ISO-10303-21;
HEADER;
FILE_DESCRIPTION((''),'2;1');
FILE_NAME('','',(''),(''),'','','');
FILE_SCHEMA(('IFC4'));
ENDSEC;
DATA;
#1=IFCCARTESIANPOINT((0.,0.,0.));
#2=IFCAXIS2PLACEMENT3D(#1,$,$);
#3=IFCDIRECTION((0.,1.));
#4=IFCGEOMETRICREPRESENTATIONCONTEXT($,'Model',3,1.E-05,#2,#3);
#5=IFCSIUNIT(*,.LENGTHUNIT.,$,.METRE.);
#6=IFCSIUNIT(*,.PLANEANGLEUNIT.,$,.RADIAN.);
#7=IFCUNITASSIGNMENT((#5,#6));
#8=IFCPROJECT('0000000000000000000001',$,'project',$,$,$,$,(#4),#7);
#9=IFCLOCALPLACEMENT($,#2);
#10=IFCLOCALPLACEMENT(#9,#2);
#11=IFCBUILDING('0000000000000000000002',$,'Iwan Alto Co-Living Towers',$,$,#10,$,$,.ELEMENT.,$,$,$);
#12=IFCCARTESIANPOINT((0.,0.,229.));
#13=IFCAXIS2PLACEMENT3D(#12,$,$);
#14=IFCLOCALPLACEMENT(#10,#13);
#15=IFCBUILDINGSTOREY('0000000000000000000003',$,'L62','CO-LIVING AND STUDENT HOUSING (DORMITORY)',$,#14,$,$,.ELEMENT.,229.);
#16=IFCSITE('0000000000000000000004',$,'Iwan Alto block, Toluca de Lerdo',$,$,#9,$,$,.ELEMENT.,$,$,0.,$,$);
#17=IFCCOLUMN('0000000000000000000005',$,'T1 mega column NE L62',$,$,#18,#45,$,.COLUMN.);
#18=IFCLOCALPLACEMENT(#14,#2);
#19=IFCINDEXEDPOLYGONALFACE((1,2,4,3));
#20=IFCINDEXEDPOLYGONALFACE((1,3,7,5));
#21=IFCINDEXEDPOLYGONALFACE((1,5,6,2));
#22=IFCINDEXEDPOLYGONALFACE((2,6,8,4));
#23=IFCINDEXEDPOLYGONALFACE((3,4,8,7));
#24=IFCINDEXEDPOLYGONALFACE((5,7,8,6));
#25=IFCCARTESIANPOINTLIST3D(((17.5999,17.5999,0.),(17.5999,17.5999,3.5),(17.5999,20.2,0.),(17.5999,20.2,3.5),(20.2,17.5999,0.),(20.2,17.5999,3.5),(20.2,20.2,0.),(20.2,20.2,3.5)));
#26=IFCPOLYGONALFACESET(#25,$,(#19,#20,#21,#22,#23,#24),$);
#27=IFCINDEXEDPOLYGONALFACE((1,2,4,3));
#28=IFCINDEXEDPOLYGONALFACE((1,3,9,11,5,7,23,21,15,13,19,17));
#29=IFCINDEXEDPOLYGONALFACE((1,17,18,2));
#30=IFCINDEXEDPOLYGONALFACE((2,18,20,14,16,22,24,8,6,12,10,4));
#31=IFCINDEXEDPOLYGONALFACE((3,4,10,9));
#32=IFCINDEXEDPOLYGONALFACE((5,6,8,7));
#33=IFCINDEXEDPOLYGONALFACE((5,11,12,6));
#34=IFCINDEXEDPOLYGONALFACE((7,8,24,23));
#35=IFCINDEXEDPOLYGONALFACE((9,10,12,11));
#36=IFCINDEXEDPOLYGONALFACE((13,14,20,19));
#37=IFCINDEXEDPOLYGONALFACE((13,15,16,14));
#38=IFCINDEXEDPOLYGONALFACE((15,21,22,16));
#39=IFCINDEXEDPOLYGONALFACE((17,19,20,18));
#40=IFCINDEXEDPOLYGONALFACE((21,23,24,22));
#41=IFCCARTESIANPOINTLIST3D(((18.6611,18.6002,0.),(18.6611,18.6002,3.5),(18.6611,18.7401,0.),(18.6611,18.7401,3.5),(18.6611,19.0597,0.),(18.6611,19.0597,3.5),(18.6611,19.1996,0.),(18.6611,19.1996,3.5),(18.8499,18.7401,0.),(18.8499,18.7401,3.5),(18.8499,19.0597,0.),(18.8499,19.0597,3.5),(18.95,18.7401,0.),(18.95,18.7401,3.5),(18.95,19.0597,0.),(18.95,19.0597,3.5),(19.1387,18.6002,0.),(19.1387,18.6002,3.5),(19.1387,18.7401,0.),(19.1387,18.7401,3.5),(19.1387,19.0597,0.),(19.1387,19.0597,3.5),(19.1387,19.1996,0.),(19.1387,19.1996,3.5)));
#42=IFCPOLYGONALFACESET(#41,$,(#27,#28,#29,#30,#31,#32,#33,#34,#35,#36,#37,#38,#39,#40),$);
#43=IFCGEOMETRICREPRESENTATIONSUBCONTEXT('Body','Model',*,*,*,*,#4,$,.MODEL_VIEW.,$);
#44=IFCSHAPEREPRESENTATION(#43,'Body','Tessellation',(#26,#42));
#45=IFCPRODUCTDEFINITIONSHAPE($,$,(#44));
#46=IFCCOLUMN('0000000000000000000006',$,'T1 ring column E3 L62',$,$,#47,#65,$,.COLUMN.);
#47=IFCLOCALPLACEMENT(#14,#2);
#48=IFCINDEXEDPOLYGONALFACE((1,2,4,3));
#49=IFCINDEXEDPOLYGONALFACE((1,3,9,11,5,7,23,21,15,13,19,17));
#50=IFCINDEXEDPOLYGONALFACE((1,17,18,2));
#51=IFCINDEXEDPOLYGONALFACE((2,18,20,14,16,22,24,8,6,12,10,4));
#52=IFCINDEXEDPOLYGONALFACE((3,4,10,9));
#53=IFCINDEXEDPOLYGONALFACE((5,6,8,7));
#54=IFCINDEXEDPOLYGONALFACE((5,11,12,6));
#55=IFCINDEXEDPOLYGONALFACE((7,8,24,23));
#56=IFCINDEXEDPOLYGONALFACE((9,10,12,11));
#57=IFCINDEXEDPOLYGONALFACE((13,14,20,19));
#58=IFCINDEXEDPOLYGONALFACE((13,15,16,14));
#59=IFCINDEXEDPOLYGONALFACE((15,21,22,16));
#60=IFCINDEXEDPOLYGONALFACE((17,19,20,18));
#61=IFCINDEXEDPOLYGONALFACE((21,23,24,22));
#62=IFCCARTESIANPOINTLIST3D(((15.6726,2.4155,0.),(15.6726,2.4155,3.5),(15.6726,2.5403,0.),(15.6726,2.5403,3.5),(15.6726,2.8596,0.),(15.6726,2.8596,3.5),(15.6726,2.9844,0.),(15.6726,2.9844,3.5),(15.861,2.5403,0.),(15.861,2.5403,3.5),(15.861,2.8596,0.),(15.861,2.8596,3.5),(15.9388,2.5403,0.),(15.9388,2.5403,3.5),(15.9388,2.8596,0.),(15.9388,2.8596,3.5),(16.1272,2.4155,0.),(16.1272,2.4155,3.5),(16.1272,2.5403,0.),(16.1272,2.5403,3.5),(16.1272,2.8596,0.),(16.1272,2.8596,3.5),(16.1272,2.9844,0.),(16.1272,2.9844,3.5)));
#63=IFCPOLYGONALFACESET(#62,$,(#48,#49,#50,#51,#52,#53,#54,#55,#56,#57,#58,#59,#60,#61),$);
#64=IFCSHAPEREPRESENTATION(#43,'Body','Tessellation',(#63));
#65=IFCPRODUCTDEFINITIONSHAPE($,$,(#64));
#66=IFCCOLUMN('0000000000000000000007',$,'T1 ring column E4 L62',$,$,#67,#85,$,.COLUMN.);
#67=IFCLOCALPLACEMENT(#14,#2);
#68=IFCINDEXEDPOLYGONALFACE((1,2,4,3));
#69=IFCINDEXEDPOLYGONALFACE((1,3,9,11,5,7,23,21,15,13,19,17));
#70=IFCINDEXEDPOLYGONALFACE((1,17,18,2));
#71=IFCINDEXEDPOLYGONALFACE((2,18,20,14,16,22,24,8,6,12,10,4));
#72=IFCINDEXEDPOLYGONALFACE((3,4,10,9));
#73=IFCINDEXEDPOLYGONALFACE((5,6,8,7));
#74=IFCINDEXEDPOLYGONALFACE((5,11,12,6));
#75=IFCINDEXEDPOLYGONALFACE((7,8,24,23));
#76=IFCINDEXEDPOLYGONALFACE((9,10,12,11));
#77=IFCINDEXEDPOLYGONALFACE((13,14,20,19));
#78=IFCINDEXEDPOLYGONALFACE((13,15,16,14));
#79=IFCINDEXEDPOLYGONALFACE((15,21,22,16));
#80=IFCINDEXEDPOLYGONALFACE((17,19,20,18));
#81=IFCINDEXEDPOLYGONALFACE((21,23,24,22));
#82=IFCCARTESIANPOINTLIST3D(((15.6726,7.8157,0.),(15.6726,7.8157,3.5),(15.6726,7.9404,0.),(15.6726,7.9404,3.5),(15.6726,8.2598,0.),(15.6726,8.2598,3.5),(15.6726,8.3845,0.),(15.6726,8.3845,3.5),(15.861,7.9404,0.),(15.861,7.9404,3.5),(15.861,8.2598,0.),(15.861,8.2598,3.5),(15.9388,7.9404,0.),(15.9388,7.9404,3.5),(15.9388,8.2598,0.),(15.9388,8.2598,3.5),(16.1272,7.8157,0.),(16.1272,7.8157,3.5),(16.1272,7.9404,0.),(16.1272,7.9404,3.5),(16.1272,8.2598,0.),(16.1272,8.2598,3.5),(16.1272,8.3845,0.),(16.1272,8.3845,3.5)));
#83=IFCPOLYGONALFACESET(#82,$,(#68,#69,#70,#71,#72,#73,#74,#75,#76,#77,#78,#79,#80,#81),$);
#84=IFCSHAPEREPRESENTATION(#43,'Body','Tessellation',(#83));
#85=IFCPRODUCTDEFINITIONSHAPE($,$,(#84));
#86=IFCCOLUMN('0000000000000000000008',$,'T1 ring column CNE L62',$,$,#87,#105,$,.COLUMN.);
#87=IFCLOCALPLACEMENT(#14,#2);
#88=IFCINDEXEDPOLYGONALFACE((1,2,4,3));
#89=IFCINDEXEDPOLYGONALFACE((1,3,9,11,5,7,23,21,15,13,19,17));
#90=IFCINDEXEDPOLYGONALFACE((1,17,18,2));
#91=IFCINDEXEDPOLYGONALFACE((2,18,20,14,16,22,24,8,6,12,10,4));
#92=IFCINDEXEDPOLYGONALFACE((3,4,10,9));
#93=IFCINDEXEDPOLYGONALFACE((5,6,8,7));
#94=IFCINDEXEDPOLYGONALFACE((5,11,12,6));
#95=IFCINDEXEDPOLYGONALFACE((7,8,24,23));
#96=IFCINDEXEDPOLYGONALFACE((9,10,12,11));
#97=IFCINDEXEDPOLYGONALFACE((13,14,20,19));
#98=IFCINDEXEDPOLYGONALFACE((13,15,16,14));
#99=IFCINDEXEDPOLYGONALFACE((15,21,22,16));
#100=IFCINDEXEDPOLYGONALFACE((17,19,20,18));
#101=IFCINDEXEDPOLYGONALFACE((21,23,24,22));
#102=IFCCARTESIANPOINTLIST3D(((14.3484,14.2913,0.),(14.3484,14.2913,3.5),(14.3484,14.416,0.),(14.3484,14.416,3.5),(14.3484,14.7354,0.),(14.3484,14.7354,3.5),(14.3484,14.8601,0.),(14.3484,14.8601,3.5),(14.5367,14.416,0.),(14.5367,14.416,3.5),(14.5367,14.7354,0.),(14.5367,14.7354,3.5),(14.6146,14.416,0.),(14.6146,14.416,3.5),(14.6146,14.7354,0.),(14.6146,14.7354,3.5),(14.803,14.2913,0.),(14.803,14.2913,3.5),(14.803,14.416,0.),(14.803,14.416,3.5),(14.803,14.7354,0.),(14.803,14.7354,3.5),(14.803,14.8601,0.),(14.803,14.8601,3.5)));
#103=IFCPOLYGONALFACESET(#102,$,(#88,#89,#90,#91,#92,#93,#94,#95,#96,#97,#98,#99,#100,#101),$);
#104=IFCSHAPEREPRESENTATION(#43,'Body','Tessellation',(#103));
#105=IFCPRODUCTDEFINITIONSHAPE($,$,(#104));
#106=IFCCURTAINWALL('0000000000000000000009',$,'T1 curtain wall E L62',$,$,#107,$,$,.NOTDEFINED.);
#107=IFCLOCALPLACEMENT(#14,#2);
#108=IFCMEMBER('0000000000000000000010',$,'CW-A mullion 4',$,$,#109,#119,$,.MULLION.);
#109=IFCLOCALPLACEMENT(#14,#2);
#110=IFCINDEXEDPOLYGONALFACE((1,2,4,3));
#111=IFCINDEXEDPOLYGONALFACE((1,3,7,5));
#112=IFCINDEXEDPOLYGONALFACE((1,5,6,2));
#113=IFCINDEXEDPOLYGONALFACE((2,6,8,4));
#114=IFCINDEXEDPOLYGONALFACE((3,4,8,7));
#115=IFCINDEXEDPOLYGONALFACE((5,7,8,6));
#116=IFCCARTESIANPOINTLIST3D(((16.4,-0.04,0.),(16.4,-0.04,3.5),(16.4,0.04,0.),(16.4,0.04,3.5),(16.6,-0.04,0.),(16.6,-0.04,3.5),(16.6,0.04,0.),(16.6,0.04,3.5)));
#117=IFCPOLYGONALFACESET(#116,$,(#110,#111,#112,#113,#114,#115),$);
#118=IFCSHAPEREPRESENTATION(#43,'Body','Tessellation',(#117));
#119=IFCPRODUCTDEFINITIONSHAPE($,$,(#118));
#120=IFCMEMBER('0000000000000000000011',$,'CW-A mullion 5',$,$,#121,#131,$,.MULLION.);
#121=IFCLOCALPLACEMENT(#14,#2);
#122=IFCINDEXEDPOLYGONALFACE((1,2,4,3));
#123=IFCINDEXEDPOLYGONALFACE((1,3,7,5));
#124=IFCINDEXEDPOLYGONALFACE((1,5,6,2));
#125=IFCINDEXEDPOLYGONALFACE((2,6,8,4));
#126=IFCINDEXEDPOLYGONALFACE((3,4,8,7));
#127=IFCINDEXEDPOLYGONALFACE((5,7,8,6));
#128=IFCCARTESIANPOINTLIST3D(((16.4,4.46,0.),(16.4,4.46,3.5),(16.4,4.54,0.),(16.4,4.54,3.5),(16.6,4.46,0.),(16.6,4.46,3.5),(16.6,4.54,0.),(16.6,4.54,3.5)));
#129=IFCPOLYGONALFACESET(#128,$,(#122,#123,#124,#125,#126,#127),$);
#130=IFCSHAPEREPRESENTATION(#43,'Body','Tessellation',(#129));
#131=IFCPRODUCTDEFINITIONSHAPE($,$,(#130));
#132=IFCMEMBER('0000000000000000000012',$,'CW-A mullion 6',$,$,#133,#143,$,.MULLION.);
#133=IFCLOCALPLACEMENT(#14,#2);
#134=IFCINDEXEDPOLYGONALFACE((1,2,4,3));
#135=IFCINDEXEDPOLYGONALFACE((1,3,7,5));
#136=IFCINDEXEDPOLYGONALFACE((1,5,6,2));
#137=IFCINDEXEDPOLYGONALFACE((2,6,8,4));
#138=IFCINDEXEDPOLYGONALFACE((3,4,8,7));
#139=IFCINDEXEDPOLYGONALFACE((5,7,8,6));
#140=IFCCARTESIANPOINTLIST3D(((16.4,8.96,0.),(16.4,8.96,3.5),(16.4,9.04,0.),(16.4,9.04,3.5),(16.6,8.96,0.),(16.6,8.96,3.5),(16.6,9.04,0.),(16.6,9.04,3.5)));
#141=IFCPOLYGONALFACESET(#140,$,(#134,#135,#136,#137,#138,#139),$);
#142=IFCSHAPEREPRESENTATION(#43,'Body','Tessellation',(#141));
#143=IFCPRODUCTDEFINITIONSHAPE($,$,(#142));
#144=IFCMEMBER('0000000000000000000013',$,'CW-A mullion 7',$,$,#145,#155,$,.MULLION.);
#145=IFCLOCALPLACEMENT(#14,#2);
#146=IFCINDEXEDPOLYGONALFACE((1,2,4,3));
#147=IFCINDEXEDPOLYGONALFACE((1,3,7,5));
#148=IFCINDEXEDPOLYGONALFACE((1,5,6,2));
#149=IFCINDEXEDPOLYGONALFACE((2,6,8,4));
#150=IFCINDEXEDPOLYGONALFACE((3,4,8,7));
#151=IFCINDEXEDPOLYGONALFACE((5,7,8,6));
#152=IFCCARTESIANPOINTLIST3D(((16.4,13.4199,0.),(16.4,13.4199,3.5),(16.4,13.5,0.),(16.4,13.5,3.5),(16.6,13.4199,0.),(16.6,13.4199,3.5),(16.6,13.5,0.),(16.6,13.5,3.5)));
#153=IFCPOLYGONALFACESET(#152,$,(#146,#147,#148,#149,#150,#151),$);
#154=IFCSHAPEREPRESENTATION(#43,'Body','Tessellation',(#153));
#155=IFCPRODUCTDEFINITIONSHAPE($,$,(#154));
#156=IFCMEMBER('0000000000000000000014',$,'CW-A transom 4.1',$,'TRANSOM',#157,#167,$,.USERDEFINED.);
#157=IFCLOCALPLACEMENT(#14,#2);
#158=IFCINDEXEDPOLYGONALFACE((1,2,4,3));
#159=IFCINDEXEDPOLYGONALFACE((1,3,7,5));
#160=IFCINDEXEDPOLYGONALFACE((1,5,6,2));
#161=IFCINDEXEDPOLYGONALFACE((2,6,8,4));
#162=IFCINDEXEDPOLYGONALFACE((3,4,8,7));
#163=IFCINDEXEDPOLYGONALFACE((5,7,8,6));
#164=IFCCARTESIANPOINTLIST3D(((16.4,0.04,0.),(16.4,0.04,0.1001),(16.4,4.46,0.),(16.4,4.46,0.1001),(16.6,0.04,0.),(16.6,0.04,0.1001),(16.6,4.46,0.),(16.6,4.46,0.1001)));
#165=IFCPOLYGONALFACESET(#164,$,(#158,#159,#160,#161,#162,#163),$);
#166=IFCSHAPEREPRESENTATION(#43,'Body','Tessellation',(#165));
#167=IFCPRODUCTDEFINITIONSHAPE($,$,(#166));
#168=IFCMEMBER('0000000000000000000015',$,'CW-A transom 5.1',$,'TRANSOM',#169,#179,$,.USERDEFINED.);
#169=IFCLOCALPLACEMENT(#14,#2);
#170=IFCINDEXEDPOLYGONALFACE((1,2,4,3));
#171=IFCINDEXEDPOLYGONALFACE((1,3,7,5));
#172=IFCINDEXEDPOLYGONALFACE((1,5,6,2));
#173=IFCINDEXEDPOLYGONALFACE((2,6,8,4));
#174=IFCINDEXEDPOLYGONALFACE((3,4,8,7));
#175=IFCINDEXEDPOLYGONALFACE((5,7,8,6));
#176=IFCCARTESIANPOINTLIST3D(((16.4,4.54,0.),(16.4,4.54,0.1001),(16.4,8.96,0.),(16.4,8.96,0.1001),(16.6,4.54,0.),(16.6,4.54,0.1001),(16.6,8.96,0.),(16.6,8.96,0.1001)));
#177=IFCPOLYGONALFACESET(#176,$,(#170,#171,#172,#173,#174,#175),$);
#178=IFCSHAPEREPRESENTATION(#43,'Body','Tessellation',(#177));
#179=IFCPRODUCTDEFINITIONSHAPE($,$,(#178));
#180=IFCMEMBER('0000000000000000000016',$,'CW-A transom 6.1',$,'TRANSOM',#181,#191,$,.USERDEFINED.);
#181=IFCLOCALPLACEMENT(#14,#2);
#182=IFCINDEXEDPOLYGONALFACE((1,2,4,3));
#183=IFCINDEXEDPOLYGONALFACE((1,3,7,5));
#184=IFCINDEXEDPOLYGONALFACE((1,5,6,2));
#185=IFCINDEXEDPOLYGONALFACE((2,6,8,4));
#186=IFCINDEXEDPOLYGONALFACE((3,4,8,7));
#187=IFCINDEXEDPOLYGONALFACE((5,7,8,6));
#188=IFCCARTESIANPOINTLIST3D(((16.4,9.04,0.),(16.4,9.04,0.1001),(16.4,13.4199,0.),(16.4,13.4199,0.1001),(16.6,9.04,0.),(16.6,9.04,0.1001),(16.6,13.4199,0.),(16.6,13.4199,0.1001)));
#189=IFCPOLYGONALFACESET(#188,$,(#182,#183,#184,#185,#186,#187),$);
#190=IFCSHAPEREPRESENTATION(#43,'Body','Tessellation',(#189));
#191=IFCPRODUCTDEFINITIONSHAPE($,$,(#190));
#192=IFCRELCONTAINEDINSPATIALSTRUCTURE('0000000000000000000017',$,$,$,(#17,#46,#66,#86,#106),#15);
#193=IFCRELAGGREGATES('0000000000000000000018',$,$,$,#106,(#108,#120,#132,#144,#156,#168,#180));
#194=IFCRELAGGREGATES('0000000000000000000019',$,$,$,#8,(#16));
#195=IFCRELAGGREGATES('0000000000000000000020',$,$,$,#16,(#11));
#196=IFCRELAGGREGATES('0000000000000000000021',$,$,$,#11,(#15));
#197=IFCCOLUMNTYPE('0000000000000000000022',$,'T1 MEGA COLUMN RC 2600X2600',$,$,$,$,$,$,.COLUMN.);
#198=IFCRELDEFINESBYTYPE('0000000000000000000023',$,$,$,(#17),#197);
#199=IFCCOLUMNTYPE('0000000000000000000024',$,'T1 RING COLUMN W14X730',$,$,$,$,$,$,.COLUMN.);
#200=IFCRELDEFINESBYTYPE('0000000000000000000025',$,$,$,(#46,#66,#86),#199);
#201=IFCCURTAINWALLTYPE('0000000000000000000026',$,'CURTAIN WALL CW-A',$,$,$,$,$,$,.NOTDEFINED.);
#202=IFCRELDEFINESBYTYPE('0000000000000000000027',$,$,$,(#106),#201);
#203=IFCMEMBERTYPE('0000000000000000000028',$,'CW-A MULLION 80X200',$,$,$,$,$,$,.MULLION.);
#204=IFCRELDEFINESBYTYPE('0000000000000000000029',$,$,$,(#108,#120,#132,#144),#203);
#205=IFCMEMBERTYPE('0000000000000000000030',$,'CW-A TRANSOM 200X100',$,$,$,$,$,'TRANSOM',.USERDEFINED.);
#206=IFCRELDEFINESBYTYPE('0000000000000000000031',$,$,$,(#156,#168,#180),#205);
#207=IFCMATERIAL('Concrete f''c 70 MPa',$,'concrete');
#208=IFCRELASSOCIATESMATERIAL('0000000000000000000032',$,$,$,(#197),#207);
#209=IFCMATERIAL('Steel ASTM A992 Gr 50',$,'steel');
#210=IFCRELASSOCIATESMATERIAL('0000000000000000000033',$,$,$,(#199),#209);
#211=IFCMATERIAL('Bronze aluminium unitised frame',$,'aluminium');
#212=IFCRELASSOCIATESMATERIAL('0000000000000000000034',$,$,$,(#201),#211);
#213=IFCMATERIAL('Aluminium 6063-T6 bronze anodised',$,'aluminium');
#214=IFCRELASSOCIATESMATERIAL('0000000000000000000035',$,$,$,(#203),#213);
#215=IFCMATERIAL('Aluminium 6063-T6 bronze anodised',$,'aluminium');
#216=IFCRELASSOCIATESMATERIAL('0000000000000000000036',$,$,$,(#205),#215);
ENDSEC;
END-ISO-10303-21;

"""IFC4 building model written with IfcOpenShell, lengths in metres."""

from ifc_helpers import new_model, si_unit, direction, frame, origin, origin_2d, place, context, subcontext, project, spatial, rectangle, i_section, extrude, material, material_profile, profile_set, type_object, element, aggregate, save


model = new_model("IFC4")

# Units and contexts
model_context = context("Model", 3, precision=1e-05, world=origin(), true_north=direction((0.0, 1.0)))
body_context = subcontext(model_context, "Body", "Model", "MODEL_VIEW")
ifc_project = project(units=[si_unit("LENGTHUNIT", "METRE"), si_unit("PLANEANGLEUNIT", "RADIAN")], contexts=[model_context])

# Site, building, storey
site_placement = place(None, origin())
site = spatial("IfcSite", under=ifc_project, at=site_placement, Name="Iwan Alto block, Toluca de Lerdo", CompositionType="ELEMENT", RefElevation=0.0)
building_placement = place(site_placement, origin())
building = spatial("IfcBuilding", under=site, at=building_placement, Name="Iwan Alto Co-Living Towers", CompositionType="ELEMENT")
storey_placement = place(building_placement, frame((0.0, 0.0, 229.0)))
storey = spatial("IfcBuildingStorey", under=building, at=storey_placement, Name="L62", Description="CO-LIVING AND STUDENT HOUSING (DORMITORY)", CompositionType="ELEMENT", Elevation=229.0)

# Columns
ifc_material_1 = material(Name="Concrete f'c 70 MPa", Category="concrete")
ifc_material_profile_1 = material_profile(ifc_material_1, rectangle(XDim=2.6001, YDim=2.6001, at=origin_2d()), Name="RC 2600X2600")
ifc_profile_set_1 = profile_set([ifc_material_profile_1], Name="Concrete f'c 70 MPa")
column_type_1 = type_object("IfcColumnType", Name="T1 MEGA COLUMN RC 2600X2600", PredefinedType="COLUMN", material=ifc_profile_set_1)
column_placement = place(storey_placement, frame((18.8999, 18.8999, 0.0), z_axis=(0.0, 0.0, 1.0), x_axis=(1.0, 0.0, 0.0)))
element("IfcColumn", 1, at=column_placement, inside=storey, type_object=column_type_1, Name="T1 mega column NE L62", PredefinedType="COLUMN", context=body_context, shape_type="SweptSolid", body=[
    extrude(rectangle(XDim=2.6001, YDim=2.6001, at=origin_2d()), origin(), (0.0, 0.0, 1.0), 3.5),
    extrude(i_section(OverallWidth=0.4775, OverallDepth=0.5994, WebThickness=0.1001, FlangeThickness=0.1399, at=origin_2d()), origin(), (0.0, 0.0, 1.0), 3.5),
])
ifc_material_2 = material(Name="Steel ASTM A992 Gr 50", Category="steel")
ifc_material_profile_2 = material_profile(ifc_material_2, i_section(OverallWidth=0.4546, OverallDepth=0.5688, WebThickness=0.0779, FlangeThickness=0.1248, at=origin_2d()), Name="W14X730")
ifc_profile_set_2 = profile_set([ifc_material_profile_2], Name="Steel ASTM A992 Gr 50")
column_type_2 = type_object("IfcColumnType", Name="T1 RING COLUMN W14X730", PredefinedType="COLUMN", material=ifc_profile_set_2)
for number, where, z_axis, x_axis, name in (
    (2, (15.8999, 2.7, 0.0), (0.0, 0.0, 1.0), (1.0, 0.0, 0.0), "T1 ring column E3 L62"),
    (3, (15.8999, 8.1001, 0.0), (0.0, 0.0, 1.0), (1.0, 0.0, 0.0), "T1 ring column E4 L62"),
    (4, (14.5757, 14.5757, 0.0), (0.0, 0.0, 1.0), (1.0, 0.0, 0.0), "T1 ring column CNE L62"),
):
    element("IfcColumn", number, at=place(storey_placement, frame(where, z_axis=z_axis, x_axis=x_axis)), inside=storey, type_object=column_type_2, Name=name, PredefinedType="COLUMN", context=body_context, shape_type="SweptSolid", body=[
        extrude(i_section(OverallWidth=0.4546, OverallDepth=0.5688, WebThickness=0.0779, FlangeThickness=0.1248, at=origin_2d()), origin(), (0.0, 0.0, 1.0), 3.5),
    ])

# Curtain wall, members
ifc_material_3 = material(Name="Bronze aluminium unitised frame", Category="aluminium")
curtain_wall_type_1 = type_object("IfcCurtainWallType", Name="CURTAIN WALL CW-A", PredefinedType="NOTDEFINED", material=ifc_material_3)
curtain_wall_1_placement = place(storey_placement, origin())
curtain_wall_1 = element("IfcCurtainWall", 5, at=curtain_wall_1_placement, inside=storey, type_object=curtain_wall_type_1, Name="T1 curtain wall E L62", PredefinedType="NOTDEFINED")
ifc_material_4 = material(Name="Aluminium 6063-T6 bronze anodised", Category="aluminium")
ifc_material_profile_3 = material_profile(ifc_material_4, rectangle(XDim=0.2, YDim=0.0801, at=origin_2d()), Name="AL 80X200")
ifc_profile_set_3 = profile_set([ifc_material_profile_3], Name="Aluminium 6063-T6 bronze anodised")
member_type_1 = type_object("IfcMemberType", Name="CW-A MULLION 80X200", PredefinedType="MULLION", material=ifc_profile_set_3)
member_1_placement = place(storey_placement, frame((16.5, 0.0, 0.0), z_axis=(0.0, 0.0, 1.0), x_axis=(-1.0, 0.0, 0.0)))
member_1 = element("IfcMember", 6, at=member_1_placement, type_object=member_type_1, Name="CW-A mullion 4", PredefinedType="MULLION", context=body_context, shape_type="SweptSolid", body=[
    extrude(rectangle(XDim=0.2, YDim=0.0801, at=origin_2d()), origin(), (0.0, 0.0, 1.0), 3.5),
])
member_2_placement = place(storey_placement, frame((16.5, 4.5, 0.0), z_axis=(0.0, 0.0, 1.0), x_axis=(-1.0, 0.0, 0.0)))
member_2 = element("IfcMember", 7, at=member_2_placement, type_object=member_type_1, Name="CW-A mullion 5", PredefinedType="MULLION", context=body_context, shape_type="SweptSolid", body=[
    extrude(rectangle(XDim=0.2, YDim=0.0801, at=origin_2d()), origin(), (0.0, 0.0, 1.0), 3.5),
])
member_3_placement = place(storey_placement, frame((16.5, 9.0, 0.0), z_axis=(0.0, 0.0, 1.0), x_axis=(-1.0, 0.0, 0.0)))
member_3 = element("IfcMember", 8, at=member_3_placement, type_object=member_type_1, Name="CW-A mullion 6", PredefinedType="MULLION", context=body_context, shape_type="SweptSolid", body=[
    extrude(rectangle(XDim=0.2, YDim=0.0801, at=origin_2d()), origin(), (0.0, 0.0, 1.0), 3.5),
])
member_4_placement = place(storey_placement, frame((16.5, 13.46, 0.0), z_axis=(0.0, 0.0, 1.0), x_axis=(-1.0, 0.0, 0.0)))
member_4 = element("IfcMember", 9, at=member_4_placement, type_object=member_type_1, Name="CW-A mullion 7", PredefinedType="MULLION", context=body_context, shape_type="SweptSolid", body=[
    extrude(rectangle(XDim=0.2, YDim=0.0801, at=origin_2d()), origin(), (0.0, 0.0, 1.0), 3.5),
])
ifc_material_5 = material(Name="Aluminium 6063-T6 bronze anodised", Category="aluminium")
ifc_material_profile_4 = material_profile(ifc_material_5, rectangle(XDim=0.2, YDim=0.1001, at=origin_2d()), Name="AL 200X100")
ifc_profile_set_4 = profile_set([ifc_material_profile_4], Name="Aluminium 6063-T6 bronze anodised")
member_type_2 = type_object("IfcMemberType", Name="CW-A TRANSOM 200X100", ElementType="TRANSOM", PredefinedType="USERDEFINED", material=ifc_profile_set_4)
member_5_placement = place(storey_placement, frame((16.5, 0.04, 0.05), z_axis=(0.0, 1.0, 0.0), x_axis=(-1.0, 0.0, 0.0)))
member_5 = element("IfcMember", 10, at=member_5_placement, type_object=member_type_2, Name="CW-A transom 4.1", ObjectType="TRANSOM", PredefinedType="USERDEFINED", context=body_context, shape_type="SweptSolid", body=[
    extrude(rectangle(XDim=0.2, YDim=0.1001, at=origin_2d()), origin(), (0.0, 0.0, 1.0), 4.4199),
])
member_6_placement = place(storey_placement, frame((16.5, 4.54, 0.05), z_axis=(0.0, 1.0, 0.0), x_axis=(-1.0, 0.0, 0.0)))
member_6 = element("IfcMember", 11, at=member_6_placement, type_object=member_type_2, Name="CW-A transom 5.1", ObjectType="TRANSOM", PredefinedType="USERDEFINED", context=body_context, shape_type="SweptSolid", body=[
    extrude(rectangle(XDim=0.2, YDim=0.1001, at=origin_2d()), origin(), (0.0, 0.0, 1.0), 4.4199),
])
member_7_placement = place(storey_placement, frame((16.5, 9.04, 0.05), z_axis=(0.0, 1.0, 0.0), x_axis=(-1.0, 0.0, 0.0)))
member_7 = element("IfcMember", 12, at=member_7_placement, type_object=member_type_2, Name="CW-A transom 6.1", ObjectType="TRANSOM", PredefinedType="USERDEFINED", context=body_context, shape_type="SweptSolid", body=[
    extrude(rectangle(XDim=0.2, YDim=0.1001, at=origin_2d()), origin(), (0.0, 0.0, 1.0), 4.3799),
])

aggregate(curtain_wall_1, [member_1, member_2, member_3, member_4, member_5, member_6, member_7])

save(model, "model.ifc")
